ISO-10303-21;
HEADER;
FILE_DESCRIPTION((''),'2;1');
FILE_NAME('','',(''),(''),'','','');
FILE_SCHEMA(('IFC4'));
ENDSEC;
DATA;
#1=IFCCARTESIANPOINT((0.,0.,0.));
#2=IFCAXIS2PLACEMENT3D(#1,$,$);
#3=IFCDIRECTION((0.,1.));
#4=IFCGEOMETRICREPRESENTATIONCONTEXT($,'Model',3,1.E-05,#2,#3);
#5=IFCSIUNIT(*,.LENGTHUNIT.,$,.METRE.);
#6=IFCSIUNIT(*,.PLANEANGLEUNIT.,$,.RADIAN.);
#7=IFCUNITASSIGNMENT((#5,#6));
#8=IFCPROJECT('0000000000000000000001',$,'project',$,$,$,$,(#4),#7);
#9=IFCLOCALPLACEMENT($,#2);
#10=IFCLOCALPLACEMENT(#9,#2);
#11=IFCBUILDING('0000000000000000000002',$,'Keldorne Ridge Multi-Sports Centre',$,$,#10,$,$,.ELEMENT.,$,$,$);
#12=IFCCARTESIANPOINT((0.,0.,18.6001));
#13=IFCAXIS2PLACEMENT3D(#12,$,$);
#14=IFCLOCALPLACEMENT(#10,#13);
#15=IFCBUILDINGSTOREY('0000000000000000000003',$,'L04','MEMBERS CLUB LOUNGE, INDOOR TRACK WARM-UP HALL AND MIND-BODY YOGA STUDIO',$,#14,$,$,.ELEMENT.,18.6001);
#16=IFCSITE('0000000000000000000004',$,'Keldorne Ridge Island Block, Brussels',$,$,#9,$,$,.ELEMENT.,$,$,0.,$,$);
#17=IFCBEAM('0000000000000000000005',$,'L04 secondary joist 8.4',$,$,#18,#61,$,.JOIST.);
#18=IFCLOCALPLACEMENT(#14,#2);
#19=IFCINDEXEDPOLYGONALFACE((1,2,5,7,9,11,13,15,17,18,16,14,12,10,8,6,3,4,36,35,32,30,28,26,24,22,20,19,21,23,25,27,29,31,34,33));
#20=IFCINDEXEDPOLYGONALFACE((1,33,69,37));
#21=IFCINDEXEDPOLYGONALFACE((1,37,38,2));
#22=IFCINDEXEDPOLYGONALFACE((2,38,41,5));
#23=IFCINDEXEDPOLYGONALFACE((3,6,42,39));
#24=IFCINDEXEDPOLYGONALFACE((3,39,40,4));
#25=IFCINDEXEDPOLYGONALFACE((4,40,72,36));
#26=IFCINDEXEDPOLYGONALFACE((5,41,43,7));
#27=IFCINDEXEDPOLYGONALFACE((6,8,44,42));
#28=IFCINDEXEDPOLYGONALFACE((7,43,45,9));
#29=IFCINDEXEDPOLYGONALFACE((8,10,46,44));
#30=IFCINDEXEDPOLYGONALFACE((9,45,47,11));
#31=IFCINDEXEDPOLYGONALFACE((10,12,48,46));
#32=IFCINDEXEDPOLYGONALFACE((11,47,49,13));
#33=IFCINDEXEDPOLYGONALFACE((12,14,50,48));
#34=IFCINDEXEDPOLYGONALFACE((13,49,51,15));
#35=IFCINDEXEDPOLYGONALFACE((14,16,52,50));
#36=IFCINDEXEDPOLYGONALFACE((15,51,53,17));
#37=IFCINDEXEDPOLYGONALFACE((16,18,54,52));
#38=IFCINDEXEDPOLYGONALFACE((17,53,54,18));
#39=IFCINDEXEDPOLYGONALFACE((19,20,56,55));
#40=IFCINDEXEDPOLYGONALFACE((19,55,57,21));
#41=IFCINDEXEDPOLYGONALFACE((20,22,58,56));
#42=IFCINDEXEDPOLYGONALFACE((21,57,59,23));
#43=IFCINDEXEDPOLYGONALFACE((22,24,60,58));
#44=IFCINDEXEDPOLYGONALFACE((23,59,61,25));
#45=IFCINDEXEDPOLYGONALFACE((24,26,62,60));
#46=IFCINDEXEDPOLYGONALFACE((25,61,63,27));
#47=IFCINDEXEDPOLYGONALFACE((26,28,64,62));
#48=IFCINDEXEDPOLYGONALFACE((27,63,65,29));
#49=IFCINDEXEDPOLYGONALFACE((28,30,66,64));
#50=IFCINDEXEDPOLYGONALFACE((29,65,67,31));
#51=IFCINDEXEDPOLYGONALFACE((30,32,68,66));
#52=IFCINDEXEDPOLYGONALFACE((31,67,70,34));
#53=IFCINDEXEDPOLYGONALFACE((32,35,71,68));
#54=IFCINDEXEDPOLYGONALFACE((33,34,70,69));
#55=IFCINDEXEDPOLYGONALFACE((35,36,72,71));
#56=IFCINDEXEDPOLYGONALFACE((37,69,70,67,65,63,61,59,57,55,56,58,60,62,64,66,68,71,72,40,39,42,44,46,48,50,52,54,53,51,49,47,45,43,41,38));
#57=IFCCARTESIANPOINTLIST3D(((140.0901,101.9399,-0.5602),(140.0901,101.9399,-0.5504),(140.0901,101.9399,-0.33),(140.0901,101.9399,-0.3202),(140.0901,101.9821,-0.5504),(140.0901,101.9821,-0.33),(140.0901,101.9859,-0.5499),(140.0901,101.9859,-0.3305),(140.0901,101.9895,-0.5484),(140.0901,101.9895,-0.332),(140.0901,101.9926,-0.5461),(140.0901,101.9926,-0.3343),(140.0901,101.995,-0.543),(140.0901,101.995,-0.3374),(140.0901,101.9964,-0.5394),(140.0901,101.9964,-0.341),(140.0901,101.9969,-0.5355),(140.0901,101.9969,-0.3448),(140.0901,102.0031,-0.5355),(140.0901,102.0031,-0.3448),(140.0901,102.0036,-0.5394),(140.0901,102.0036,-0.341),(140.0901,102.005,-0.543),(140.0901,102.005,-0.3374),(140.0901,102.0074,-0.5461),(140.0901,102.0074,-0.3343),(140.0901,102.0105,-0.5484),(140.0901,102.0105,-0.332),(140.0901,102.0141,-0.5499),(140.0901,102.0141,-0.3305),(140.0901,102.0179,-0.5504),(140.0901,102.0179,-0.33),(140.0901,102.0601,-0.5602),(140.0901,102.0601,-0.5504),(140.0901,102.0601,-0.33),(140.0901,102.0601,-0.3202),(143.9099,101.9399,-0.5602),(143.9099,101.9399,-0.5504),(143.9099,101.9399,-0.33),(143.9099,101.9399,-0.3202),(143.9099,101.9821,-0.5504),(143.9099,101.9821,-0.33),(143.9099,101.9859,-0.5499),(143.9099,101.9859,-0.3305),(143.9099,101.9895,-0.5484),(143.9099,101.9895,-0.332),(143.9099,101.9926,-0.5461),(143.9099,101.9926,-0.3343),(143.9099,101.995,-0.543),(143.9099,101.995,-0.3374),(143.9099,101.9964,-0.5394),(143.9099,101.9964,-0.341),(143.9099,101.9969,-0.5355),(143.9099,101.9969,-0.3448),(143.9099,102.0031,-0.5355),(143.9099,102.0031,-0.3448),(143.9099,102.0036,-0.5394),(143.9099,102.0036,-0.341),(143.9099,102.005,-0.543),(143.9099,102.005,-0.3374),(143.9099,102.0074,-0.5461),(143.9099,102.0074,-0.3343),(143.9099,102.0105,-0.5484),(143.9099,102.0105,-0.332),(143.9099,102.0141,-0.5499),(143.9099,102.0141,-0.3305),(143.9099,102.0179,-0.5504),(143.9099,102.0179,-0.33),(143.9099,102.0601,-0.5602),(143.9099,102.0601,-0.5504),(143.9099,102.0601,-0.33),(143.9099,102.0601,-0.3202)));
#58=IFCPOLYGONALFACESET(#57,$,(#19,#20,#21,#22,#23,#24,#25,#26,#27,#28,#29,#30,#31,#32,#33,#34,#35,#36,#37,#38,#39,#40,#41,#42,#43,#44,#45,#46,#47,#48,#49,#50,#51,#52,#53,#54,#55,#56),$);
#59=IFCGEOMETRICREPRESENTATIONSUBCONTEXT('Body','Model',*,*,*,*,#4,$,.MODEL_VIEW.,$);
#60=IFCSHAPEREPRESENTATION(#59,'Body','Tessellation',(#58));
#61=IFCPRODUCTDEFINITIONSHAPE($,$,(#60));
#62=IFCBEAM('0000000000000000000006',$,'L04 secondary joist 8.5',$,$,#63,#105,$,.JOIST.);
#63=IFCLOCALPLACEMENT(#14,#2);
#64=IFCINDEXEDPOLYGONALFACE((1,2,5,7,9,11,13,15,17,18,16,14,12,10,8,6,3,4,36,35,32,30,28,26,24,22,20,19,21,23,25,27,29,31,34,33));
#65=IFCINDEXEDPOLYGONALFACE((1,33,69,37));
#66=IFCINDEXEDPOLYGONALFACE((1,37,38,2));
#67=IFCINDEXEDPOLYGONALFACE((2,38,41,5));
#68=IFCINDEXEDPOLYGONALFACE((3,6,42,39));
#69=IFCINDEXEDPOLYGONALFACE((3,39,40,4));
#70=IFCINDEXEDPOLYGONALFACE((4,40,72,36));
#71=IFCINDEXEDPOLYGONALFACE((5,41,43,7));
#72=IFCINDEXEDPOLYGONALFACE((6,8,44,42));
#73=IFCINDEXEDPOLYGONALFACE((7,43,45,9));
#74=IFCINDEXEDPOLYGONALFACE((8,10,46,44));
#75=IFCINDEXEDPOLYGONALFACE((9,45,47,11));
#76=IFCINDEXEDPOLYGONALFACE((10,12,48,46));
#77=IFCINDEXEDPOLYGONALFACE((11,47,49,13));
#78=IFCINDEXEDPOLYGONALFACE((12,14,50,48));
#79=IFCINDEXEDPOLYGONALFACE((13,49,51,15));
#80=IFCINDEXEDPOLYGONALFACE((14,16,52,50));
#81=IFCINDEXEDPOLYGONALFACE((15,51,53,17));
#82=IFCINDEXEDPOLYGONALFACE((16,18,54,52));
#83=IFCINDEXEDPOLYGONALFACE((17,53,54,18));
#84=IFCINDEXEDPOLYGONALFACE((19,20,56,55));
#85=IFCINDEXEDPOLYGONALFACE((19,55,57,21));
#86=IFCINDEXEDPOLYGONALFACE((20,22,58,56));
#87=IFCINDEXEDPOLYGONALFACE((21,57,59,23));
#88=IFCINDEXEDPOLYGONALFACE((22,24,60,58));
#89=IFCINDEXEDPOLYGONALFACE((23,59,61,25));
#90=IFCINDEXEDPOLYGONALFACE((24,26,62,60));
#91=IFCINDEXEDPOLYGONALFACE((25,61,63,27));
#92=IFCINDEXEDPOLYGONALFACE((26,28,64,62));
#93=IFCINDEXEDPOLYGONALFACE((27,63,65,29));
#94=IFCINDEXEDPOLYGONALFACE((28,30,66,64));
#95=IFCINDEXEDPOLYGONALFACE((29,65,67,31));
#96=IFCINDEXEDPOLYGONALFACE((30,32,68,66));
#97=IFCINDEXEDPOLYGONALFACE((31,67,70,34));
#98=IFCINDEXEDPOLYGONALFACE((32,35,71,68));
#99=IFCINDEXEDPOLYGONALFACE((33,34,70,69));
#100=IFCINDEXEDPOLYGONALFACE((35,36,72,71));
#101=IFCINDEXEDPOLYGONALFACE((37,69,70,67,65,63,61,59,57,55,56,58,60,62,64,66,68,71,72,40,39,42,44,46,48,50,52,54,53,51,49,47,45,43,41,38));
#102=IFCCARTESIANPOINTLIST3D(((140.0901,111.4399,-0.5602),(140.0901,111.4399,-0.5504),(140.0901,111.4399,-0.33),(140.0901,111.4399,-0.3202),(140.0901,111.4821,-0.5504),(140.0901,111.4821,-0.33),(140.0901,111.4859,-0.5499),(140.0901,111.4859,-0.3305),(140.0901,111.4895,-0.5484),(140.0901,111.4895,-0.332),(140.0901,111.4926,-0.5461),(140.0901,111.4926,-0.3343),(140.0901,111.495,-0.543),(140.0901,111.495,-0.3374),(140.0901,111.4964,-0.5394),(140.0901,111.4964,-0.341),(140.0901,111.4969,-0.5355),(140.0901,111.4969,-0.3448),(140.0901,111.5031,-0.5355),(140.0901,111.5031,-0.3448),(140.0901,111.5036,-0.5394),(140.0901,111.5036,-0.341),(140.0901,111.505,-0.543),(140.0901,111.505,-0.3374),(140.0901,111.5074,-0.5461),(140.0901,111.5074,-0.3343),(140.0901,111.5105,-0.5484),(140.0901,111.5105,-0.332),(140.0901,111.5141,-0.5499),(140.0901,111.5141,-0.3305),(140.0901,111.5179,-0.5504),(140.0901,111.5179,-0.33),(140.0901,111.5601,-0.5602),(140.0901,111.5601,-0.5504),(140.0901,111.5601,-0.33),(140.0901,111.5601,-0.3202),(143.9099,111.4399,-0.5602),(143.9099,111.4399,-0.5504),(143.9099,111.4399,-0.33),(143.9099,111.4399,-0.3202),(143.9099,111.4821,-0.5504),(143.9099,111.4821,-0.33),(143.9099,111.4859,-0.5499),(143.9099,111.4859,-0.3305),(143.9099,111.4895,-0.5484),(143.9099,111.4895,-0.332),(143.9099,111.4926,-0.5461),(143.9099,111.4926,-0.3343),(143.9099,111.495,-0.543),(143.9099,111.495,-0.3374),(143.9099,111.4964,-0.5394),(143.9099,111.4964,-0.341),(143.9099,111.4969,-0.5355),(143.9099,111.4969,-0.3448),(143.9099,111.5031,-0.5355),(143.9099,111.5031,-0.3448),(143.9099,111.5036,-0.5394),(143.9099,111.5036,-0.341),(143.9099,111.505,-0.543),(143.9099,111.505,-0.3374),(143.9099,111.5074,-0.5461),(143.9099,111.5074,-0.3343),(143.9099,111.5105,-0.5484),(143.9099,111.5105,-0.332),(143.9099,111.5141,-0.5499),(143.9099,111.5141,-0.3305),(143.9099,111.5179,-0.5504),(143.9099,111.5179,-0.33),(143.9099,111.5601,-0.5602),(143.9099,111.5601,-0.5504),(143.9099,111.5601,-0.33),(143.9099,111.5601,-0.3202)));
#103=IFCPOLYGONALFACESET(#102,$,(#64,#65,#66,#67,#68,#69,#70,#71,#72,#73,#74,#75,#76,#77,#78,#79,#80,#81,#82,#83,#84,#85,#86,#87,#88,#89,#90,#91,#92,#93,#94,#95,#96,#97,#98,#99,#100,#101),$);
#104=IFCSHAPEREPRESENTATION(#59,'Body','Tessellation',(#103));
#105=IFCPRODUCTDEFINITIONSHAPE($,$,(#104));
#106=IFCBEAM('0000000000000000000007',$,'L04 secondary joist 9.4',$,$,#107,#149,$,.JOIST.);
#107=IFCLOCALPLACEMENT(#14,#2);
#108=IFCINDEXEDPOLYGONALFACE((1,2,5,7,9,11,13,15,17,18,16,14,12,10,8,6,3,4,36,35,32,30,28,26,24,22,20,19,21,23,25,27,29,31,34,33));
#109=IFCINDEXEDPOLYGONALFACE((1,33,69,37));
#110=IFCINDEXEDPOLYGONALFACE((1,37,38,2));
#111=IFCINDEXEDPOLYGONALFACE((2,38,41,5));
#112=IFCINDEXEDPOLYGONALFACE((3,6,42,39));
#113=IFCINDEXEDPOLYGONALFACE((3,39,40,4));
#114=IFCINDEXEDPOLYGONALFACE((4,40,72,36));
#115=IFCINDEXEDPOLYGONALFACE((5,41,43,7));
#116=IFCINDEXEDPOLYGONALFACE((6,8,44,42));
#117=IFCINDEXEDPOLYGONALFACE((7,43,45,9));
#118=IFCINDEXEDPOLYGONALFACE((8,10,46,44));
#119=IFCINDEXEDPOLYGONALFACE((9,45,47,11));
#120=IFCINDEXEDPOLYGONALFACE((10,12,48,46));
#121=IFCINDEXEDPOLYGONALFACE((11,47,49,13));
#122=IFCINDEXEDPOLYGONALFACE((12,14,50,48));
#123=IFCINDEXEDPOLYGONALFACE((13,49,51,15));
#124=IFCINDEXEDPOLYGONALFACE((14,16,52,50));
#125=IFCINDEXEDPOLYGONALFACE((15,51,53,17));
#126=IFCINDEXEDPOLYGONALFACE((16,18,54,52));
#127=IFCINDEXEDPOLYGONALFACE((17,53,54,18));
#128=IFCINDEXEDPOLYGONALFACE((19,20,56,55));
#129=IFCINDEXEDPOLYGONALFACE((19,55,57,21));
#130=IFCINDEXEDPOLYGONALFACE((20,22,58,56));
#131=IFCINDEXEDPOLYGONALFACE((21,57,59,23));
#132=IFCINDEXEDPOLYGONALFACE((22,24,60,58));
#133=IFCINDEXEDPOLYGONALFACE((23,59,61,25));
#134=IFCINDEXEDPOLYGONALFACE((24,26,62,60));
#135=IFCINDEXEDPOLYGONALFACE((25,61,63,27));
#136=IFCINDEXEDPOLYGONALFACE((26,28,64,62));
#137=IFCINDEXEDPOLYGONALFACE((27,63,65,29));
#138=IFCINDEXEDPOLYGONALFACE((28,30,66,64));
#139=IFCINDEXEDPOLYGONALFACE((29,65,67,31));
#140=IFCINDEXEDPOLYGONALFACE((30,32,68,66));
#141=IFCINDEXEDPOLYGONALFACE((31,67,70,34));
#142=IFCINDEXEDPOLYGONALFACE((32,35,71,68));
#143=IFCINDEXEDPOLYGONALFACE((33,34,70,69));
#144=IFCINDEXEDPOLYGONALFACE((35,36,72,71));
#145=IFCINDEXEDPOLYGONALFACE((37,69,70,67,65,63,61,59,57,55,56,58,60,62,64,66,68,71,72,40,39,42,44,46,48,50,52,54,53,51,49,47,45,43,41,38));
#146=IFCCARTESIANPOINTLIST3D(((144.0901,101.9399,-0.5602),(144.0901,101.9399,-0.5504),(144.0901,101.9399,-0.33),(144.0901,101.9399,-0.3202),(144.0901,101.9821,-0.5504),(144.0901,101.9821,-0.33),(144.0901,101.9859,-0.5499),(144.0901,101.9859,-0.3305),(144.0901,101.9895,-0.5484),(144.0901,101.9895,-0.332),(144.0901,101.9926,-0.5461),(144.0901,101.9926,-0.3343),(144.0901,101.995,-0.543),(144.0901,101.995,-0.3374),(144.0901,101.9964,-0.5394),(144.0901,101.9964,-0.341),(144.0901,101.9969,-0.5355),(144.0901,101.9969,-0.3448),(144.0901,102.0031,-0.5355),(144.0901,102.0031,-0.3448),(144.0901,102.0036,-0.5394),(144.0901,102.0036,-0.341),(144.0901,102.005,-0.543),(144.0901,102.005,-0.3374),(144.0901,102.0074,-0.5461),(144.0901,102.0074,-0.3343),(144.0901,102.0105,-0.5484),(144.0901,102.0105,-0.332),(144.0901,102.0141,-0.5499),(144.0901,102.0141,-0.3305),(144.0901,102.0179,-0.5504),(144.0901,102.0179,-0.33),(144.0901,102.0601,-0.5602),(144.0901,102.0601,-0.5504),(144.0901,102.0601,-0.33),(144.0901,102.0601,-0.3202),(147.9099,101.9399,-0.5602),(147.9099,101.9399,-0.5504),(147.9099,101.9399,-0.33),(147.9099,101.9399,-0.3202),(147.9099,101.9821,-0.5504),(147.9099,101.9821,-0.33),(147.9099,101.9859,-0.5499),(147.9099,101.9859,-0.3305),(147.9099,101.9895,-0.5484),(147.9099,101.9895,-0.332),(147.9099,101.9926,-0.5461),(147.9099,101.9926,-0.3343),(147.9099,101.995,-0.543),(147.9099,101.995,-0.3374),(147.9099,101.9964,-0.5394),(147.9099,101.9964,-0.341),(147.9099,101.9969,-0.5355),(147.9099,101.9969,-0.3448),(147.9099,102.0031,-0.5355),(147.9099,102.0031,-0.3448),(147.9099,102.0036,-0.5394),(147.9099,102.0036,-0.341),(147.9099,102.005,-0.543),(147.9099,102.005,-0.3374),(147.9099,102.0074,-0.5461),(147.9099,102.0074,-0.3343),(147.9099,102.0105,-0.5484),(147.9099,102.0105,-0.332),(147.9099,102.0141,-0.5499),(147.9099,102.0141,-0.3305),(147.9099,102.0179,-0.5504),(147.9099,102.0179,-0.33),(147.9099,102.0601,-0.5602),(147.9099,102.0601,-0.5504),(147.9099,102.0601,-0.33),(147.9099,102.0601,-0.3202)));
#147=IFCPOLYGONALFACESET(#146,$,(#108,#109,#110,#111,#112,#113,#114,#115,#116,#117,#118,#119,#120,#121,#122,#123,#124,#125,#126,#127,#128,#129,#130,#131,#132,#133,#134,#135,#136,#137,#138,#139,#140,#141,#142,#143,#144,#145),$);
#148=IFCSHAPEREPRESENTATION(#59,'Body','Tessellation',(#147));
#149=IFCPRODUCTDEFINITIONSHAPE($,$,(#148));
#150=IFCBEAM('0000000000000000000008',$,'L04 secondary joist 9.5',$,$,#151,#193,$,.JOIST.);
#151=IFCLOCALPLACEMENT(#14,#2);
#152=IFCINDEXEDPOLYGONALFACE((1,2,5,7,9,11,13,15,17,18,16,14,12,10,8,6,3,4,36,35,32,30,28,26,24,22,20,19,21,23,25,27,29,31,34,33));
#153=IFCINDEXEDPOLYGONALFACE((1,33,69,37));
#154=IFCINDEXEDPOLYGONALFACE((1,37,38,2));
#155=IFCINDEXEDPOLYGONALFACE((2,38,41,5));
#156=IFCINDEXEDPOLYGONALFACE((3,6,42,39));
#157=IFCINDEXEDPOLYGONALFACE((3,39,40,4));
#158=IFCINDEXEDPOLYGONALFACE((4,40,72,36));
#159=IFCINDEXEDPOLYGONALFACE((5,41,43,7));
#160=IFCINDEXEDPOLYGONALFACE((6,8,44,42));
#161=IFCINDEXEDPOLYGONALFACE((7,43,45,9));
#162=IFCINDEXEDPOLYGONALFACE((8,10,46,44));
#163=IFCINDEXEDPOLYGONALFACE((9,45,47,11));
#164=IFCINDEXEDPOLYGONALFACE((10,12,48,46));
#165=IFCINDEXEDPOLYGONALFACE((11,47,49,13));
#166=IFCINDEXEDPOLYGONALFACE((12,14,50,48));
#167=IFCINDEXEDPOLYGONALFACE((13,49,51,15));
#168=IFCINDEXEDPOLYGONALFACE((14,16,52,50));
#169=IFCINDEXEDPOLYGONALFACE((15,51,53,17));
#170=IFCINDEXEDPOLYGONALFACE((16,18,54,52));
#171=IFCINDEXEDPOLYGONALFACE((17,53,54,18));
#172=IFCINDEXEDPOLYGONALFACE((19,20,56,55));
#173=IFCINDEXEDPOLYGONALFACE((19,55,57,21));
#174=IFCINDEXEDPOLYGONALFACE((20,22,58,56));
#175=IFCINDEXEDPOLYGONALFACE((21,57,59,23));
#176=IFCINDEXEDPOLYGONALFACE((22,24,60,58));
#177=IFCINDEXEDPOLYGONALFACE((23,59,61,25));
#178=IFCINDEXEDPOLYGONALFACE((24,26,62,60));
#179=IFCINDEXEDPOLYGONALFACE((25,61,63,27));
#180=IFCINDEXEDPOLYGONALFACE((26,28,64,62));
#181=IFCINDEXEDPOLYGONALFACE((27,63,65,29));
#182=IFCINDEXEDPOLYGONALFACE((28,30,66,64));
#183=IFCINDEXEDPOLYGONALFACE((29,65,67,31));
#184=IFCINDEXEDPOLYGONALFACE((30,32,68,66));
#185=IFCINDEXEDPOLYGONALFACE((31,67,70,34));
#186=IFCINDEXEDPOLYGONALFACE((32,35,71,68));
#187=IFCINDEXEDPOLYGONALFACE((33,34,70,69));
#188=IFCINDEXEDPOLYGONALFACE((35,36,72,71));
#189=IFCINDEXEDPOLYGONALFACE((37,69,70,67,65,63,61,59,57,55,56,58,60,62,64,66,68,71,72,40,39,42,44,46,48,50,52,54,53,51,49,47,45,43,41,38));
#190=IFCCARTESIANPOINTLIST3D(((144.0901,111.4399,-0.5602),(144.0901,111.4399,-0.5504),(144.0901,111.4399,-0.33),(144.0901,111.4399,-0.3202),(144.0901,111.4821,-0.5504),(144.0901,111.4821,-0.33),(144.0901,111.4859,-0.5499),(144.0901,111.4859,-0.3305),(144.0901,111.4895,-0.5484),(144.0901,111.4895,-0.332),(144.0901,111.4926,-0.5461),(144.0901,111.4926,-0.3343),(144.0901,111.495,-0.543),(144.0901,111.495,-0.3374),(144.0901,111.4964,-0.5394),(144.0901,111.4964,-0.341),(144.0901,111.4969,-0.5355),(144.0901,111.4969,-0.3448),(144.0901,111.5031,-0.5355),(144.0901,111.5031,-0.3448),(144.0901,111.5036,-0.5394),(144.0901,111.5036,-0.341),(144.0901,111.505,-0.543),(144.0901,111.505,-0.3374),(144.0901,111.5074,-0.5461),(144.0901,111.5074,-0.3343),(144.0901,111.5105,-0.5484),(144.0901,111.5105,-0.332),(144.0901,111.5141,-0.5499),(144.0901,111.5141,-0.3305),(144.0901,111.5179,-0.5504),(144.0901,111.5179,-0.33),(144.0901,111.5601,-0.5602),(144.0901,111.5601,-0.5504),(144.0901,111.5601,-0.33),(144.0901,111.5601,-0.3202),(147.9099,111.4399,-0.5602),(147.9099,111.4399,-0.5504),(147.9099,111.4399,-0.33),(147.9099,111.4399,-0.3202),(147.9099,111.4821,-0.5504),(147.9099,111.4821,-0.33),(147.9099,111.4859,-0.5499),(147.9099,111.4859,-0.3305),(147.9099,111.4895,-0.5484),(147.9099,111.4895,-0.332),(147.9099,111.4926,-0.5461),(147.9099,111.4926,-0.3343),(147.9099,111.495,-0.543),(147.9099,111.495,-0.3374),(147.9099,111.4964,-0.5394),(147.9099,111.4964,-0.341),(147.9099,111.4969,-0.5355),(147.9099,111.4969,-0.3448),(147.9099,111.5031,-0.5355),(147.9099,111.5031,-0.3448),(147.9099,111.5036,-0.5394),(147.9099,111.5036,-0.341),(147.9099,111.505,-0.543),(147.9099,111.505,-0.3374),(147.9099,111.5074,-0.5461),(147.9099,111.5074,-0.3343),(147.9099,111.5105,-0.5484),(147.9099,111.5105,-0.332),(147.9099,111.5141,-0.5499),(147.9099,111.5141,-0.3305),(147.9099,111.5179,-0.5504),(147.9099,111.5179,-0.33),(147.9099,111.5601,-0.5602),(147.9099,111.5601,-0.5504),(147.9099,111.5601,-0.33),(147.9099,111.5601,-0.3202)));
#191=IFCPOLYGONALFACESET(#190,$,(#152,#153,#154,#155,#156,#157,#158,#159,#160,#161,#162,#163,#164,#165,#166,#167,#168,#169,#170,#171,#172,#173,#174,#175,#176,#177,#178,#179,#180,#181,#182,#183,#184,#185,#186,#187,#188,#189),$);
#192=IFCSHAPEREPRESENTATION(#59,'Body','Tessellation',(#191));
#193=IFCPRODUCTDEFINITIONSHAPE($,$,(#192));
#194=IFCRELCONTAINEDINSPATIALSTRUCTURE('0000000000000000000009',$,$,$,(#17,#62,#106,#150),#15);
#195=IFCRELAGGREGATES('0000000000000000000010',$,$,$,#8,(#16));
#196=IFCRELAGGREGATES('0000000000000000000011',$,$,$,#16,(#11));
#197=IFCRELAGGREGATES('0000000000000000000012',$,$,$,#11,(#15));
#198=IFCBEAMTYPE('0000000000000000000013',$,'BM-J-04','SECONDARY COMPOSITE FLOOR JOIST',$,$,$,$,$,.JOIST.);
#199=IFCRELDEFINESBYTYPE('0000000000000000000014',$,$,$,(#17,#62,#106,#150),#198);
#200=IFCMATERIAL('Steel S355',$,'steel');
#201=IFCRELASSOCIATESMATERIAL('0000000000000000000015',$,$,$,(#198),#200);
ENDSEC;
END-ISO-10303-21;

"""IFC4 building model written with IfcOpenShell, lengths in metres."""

from ifc_helpers import new_model, si_unit, direction, frame, origin, origin_2d, place, context, subcontext, project, spatial, i_section, extrude, material, material_profile, profile_set, type_object, element, save


model = new_model("IFC4")

# Units and contexts
model_context = context("Model", 3, precision=1e-05, world=origin(), true_north=direction((0.0, 1.0)))
body_context = subcontext(model_context, "Body", "Model", "MODEL_VIEW")
ifc_project = project(units=[si_unit("LENGTHUNIT", "METRE"), si_unit("PLANEANGLEUNIT", "RADIAN")], contexts=[model_context])

# Site, building, storey
site_placement = place(None, origin())
site = spatial("IfcSite", under=ifc_project, at=site_placement, Name="Keldorne Ridge Island Block, Brussels", CompositionType="ELEMENT", RefElevation=0.0)
building_placement = place(site_placement, origin())
building = spatial("IfcBuilding", under=site, at=building_placement, Name="Keldorne Ridge Multi-Sports Centre", CompositionType="ELEMENT")
storey_placement = place(building_placement, frame((0.0, 0.0, 18.6001)))
storey = spatial("IfcBuildingStorey", under=building, at=storey_placement, Name="L04", Description="MEMBERS CLUB LOUNGE, INDOOR TRACK WARM-UP HALL AND MIND-BODY YOGA STUDIO", CompositionType="ELEMENT", Elevation=18.6001)

# Shared definitions
ifc_material_1 = material(Name="Steel S355", Category="steel")

# Beams
ifc_material_profile_1 = material_profile(ifc_material_1, i_section(OverallWidth=0.1201, OverallDepth=0.24, WebThickness=0.0061, FlangeThickness=0.0098, FilletRadius=0.0149, at=origin_2d()), Name="IPE 240")
ifc_profile_set_1 = profile_set([ifc_material_profile_1], Name="Steel S355")
beam_type_1 = type_object("IfcBeamType", Name="BM-J-04", Description="SECONDARY COMPOSITE FLOOR JOIST", PredefinedType="JOIST", material=ifc_profile_set_1)
for number, where, z_axis, x_axis, name in (
    (1, (140.0901, 102.0, -0.4402), (1.0, 0.0, 0.0), (0.0, 1.0, 0.0), "L04 secondary joist 8.4"),
    (2, (140.0901, 111.5, -0.4402), (1.0, 0.0, 0.0), (0.0, 1.0, 0.0), "L04 secondary joist 8.5"),
    (3, (144.0901, 102.0, -0.4402), (1.0, 0.0, 0.0), (0.0, 1.0, 0.0), "L04 secondary joist 9.4"),
    (4, (144.0901, 111.5, -0.4402), (1.0, 0.0, 0.0), (0.0, 1.0, 0.0), "L04 secondary joist 9.5"),
):
    element("IfcBeam", number, at=place(storey_placement, frame(where, z_axis=z_axis, x_axis=x_axis)), inside=storey, type_object=beam_type_1, Name=name, PredefinedType="JOIST", context=body_context, shape_type="SweptSolid", body=[
        extrude(i_section(OverallWidth=0.1201, OverallDepth=0.24, WebThickness=0.0061, FlangeThickness=0.0098, FilletRadius=0.0149, at=origin_2d()), origin(), (0.0, 0.0, 1.0), 3.8198),
    ])

save(model, "model.ifc")
